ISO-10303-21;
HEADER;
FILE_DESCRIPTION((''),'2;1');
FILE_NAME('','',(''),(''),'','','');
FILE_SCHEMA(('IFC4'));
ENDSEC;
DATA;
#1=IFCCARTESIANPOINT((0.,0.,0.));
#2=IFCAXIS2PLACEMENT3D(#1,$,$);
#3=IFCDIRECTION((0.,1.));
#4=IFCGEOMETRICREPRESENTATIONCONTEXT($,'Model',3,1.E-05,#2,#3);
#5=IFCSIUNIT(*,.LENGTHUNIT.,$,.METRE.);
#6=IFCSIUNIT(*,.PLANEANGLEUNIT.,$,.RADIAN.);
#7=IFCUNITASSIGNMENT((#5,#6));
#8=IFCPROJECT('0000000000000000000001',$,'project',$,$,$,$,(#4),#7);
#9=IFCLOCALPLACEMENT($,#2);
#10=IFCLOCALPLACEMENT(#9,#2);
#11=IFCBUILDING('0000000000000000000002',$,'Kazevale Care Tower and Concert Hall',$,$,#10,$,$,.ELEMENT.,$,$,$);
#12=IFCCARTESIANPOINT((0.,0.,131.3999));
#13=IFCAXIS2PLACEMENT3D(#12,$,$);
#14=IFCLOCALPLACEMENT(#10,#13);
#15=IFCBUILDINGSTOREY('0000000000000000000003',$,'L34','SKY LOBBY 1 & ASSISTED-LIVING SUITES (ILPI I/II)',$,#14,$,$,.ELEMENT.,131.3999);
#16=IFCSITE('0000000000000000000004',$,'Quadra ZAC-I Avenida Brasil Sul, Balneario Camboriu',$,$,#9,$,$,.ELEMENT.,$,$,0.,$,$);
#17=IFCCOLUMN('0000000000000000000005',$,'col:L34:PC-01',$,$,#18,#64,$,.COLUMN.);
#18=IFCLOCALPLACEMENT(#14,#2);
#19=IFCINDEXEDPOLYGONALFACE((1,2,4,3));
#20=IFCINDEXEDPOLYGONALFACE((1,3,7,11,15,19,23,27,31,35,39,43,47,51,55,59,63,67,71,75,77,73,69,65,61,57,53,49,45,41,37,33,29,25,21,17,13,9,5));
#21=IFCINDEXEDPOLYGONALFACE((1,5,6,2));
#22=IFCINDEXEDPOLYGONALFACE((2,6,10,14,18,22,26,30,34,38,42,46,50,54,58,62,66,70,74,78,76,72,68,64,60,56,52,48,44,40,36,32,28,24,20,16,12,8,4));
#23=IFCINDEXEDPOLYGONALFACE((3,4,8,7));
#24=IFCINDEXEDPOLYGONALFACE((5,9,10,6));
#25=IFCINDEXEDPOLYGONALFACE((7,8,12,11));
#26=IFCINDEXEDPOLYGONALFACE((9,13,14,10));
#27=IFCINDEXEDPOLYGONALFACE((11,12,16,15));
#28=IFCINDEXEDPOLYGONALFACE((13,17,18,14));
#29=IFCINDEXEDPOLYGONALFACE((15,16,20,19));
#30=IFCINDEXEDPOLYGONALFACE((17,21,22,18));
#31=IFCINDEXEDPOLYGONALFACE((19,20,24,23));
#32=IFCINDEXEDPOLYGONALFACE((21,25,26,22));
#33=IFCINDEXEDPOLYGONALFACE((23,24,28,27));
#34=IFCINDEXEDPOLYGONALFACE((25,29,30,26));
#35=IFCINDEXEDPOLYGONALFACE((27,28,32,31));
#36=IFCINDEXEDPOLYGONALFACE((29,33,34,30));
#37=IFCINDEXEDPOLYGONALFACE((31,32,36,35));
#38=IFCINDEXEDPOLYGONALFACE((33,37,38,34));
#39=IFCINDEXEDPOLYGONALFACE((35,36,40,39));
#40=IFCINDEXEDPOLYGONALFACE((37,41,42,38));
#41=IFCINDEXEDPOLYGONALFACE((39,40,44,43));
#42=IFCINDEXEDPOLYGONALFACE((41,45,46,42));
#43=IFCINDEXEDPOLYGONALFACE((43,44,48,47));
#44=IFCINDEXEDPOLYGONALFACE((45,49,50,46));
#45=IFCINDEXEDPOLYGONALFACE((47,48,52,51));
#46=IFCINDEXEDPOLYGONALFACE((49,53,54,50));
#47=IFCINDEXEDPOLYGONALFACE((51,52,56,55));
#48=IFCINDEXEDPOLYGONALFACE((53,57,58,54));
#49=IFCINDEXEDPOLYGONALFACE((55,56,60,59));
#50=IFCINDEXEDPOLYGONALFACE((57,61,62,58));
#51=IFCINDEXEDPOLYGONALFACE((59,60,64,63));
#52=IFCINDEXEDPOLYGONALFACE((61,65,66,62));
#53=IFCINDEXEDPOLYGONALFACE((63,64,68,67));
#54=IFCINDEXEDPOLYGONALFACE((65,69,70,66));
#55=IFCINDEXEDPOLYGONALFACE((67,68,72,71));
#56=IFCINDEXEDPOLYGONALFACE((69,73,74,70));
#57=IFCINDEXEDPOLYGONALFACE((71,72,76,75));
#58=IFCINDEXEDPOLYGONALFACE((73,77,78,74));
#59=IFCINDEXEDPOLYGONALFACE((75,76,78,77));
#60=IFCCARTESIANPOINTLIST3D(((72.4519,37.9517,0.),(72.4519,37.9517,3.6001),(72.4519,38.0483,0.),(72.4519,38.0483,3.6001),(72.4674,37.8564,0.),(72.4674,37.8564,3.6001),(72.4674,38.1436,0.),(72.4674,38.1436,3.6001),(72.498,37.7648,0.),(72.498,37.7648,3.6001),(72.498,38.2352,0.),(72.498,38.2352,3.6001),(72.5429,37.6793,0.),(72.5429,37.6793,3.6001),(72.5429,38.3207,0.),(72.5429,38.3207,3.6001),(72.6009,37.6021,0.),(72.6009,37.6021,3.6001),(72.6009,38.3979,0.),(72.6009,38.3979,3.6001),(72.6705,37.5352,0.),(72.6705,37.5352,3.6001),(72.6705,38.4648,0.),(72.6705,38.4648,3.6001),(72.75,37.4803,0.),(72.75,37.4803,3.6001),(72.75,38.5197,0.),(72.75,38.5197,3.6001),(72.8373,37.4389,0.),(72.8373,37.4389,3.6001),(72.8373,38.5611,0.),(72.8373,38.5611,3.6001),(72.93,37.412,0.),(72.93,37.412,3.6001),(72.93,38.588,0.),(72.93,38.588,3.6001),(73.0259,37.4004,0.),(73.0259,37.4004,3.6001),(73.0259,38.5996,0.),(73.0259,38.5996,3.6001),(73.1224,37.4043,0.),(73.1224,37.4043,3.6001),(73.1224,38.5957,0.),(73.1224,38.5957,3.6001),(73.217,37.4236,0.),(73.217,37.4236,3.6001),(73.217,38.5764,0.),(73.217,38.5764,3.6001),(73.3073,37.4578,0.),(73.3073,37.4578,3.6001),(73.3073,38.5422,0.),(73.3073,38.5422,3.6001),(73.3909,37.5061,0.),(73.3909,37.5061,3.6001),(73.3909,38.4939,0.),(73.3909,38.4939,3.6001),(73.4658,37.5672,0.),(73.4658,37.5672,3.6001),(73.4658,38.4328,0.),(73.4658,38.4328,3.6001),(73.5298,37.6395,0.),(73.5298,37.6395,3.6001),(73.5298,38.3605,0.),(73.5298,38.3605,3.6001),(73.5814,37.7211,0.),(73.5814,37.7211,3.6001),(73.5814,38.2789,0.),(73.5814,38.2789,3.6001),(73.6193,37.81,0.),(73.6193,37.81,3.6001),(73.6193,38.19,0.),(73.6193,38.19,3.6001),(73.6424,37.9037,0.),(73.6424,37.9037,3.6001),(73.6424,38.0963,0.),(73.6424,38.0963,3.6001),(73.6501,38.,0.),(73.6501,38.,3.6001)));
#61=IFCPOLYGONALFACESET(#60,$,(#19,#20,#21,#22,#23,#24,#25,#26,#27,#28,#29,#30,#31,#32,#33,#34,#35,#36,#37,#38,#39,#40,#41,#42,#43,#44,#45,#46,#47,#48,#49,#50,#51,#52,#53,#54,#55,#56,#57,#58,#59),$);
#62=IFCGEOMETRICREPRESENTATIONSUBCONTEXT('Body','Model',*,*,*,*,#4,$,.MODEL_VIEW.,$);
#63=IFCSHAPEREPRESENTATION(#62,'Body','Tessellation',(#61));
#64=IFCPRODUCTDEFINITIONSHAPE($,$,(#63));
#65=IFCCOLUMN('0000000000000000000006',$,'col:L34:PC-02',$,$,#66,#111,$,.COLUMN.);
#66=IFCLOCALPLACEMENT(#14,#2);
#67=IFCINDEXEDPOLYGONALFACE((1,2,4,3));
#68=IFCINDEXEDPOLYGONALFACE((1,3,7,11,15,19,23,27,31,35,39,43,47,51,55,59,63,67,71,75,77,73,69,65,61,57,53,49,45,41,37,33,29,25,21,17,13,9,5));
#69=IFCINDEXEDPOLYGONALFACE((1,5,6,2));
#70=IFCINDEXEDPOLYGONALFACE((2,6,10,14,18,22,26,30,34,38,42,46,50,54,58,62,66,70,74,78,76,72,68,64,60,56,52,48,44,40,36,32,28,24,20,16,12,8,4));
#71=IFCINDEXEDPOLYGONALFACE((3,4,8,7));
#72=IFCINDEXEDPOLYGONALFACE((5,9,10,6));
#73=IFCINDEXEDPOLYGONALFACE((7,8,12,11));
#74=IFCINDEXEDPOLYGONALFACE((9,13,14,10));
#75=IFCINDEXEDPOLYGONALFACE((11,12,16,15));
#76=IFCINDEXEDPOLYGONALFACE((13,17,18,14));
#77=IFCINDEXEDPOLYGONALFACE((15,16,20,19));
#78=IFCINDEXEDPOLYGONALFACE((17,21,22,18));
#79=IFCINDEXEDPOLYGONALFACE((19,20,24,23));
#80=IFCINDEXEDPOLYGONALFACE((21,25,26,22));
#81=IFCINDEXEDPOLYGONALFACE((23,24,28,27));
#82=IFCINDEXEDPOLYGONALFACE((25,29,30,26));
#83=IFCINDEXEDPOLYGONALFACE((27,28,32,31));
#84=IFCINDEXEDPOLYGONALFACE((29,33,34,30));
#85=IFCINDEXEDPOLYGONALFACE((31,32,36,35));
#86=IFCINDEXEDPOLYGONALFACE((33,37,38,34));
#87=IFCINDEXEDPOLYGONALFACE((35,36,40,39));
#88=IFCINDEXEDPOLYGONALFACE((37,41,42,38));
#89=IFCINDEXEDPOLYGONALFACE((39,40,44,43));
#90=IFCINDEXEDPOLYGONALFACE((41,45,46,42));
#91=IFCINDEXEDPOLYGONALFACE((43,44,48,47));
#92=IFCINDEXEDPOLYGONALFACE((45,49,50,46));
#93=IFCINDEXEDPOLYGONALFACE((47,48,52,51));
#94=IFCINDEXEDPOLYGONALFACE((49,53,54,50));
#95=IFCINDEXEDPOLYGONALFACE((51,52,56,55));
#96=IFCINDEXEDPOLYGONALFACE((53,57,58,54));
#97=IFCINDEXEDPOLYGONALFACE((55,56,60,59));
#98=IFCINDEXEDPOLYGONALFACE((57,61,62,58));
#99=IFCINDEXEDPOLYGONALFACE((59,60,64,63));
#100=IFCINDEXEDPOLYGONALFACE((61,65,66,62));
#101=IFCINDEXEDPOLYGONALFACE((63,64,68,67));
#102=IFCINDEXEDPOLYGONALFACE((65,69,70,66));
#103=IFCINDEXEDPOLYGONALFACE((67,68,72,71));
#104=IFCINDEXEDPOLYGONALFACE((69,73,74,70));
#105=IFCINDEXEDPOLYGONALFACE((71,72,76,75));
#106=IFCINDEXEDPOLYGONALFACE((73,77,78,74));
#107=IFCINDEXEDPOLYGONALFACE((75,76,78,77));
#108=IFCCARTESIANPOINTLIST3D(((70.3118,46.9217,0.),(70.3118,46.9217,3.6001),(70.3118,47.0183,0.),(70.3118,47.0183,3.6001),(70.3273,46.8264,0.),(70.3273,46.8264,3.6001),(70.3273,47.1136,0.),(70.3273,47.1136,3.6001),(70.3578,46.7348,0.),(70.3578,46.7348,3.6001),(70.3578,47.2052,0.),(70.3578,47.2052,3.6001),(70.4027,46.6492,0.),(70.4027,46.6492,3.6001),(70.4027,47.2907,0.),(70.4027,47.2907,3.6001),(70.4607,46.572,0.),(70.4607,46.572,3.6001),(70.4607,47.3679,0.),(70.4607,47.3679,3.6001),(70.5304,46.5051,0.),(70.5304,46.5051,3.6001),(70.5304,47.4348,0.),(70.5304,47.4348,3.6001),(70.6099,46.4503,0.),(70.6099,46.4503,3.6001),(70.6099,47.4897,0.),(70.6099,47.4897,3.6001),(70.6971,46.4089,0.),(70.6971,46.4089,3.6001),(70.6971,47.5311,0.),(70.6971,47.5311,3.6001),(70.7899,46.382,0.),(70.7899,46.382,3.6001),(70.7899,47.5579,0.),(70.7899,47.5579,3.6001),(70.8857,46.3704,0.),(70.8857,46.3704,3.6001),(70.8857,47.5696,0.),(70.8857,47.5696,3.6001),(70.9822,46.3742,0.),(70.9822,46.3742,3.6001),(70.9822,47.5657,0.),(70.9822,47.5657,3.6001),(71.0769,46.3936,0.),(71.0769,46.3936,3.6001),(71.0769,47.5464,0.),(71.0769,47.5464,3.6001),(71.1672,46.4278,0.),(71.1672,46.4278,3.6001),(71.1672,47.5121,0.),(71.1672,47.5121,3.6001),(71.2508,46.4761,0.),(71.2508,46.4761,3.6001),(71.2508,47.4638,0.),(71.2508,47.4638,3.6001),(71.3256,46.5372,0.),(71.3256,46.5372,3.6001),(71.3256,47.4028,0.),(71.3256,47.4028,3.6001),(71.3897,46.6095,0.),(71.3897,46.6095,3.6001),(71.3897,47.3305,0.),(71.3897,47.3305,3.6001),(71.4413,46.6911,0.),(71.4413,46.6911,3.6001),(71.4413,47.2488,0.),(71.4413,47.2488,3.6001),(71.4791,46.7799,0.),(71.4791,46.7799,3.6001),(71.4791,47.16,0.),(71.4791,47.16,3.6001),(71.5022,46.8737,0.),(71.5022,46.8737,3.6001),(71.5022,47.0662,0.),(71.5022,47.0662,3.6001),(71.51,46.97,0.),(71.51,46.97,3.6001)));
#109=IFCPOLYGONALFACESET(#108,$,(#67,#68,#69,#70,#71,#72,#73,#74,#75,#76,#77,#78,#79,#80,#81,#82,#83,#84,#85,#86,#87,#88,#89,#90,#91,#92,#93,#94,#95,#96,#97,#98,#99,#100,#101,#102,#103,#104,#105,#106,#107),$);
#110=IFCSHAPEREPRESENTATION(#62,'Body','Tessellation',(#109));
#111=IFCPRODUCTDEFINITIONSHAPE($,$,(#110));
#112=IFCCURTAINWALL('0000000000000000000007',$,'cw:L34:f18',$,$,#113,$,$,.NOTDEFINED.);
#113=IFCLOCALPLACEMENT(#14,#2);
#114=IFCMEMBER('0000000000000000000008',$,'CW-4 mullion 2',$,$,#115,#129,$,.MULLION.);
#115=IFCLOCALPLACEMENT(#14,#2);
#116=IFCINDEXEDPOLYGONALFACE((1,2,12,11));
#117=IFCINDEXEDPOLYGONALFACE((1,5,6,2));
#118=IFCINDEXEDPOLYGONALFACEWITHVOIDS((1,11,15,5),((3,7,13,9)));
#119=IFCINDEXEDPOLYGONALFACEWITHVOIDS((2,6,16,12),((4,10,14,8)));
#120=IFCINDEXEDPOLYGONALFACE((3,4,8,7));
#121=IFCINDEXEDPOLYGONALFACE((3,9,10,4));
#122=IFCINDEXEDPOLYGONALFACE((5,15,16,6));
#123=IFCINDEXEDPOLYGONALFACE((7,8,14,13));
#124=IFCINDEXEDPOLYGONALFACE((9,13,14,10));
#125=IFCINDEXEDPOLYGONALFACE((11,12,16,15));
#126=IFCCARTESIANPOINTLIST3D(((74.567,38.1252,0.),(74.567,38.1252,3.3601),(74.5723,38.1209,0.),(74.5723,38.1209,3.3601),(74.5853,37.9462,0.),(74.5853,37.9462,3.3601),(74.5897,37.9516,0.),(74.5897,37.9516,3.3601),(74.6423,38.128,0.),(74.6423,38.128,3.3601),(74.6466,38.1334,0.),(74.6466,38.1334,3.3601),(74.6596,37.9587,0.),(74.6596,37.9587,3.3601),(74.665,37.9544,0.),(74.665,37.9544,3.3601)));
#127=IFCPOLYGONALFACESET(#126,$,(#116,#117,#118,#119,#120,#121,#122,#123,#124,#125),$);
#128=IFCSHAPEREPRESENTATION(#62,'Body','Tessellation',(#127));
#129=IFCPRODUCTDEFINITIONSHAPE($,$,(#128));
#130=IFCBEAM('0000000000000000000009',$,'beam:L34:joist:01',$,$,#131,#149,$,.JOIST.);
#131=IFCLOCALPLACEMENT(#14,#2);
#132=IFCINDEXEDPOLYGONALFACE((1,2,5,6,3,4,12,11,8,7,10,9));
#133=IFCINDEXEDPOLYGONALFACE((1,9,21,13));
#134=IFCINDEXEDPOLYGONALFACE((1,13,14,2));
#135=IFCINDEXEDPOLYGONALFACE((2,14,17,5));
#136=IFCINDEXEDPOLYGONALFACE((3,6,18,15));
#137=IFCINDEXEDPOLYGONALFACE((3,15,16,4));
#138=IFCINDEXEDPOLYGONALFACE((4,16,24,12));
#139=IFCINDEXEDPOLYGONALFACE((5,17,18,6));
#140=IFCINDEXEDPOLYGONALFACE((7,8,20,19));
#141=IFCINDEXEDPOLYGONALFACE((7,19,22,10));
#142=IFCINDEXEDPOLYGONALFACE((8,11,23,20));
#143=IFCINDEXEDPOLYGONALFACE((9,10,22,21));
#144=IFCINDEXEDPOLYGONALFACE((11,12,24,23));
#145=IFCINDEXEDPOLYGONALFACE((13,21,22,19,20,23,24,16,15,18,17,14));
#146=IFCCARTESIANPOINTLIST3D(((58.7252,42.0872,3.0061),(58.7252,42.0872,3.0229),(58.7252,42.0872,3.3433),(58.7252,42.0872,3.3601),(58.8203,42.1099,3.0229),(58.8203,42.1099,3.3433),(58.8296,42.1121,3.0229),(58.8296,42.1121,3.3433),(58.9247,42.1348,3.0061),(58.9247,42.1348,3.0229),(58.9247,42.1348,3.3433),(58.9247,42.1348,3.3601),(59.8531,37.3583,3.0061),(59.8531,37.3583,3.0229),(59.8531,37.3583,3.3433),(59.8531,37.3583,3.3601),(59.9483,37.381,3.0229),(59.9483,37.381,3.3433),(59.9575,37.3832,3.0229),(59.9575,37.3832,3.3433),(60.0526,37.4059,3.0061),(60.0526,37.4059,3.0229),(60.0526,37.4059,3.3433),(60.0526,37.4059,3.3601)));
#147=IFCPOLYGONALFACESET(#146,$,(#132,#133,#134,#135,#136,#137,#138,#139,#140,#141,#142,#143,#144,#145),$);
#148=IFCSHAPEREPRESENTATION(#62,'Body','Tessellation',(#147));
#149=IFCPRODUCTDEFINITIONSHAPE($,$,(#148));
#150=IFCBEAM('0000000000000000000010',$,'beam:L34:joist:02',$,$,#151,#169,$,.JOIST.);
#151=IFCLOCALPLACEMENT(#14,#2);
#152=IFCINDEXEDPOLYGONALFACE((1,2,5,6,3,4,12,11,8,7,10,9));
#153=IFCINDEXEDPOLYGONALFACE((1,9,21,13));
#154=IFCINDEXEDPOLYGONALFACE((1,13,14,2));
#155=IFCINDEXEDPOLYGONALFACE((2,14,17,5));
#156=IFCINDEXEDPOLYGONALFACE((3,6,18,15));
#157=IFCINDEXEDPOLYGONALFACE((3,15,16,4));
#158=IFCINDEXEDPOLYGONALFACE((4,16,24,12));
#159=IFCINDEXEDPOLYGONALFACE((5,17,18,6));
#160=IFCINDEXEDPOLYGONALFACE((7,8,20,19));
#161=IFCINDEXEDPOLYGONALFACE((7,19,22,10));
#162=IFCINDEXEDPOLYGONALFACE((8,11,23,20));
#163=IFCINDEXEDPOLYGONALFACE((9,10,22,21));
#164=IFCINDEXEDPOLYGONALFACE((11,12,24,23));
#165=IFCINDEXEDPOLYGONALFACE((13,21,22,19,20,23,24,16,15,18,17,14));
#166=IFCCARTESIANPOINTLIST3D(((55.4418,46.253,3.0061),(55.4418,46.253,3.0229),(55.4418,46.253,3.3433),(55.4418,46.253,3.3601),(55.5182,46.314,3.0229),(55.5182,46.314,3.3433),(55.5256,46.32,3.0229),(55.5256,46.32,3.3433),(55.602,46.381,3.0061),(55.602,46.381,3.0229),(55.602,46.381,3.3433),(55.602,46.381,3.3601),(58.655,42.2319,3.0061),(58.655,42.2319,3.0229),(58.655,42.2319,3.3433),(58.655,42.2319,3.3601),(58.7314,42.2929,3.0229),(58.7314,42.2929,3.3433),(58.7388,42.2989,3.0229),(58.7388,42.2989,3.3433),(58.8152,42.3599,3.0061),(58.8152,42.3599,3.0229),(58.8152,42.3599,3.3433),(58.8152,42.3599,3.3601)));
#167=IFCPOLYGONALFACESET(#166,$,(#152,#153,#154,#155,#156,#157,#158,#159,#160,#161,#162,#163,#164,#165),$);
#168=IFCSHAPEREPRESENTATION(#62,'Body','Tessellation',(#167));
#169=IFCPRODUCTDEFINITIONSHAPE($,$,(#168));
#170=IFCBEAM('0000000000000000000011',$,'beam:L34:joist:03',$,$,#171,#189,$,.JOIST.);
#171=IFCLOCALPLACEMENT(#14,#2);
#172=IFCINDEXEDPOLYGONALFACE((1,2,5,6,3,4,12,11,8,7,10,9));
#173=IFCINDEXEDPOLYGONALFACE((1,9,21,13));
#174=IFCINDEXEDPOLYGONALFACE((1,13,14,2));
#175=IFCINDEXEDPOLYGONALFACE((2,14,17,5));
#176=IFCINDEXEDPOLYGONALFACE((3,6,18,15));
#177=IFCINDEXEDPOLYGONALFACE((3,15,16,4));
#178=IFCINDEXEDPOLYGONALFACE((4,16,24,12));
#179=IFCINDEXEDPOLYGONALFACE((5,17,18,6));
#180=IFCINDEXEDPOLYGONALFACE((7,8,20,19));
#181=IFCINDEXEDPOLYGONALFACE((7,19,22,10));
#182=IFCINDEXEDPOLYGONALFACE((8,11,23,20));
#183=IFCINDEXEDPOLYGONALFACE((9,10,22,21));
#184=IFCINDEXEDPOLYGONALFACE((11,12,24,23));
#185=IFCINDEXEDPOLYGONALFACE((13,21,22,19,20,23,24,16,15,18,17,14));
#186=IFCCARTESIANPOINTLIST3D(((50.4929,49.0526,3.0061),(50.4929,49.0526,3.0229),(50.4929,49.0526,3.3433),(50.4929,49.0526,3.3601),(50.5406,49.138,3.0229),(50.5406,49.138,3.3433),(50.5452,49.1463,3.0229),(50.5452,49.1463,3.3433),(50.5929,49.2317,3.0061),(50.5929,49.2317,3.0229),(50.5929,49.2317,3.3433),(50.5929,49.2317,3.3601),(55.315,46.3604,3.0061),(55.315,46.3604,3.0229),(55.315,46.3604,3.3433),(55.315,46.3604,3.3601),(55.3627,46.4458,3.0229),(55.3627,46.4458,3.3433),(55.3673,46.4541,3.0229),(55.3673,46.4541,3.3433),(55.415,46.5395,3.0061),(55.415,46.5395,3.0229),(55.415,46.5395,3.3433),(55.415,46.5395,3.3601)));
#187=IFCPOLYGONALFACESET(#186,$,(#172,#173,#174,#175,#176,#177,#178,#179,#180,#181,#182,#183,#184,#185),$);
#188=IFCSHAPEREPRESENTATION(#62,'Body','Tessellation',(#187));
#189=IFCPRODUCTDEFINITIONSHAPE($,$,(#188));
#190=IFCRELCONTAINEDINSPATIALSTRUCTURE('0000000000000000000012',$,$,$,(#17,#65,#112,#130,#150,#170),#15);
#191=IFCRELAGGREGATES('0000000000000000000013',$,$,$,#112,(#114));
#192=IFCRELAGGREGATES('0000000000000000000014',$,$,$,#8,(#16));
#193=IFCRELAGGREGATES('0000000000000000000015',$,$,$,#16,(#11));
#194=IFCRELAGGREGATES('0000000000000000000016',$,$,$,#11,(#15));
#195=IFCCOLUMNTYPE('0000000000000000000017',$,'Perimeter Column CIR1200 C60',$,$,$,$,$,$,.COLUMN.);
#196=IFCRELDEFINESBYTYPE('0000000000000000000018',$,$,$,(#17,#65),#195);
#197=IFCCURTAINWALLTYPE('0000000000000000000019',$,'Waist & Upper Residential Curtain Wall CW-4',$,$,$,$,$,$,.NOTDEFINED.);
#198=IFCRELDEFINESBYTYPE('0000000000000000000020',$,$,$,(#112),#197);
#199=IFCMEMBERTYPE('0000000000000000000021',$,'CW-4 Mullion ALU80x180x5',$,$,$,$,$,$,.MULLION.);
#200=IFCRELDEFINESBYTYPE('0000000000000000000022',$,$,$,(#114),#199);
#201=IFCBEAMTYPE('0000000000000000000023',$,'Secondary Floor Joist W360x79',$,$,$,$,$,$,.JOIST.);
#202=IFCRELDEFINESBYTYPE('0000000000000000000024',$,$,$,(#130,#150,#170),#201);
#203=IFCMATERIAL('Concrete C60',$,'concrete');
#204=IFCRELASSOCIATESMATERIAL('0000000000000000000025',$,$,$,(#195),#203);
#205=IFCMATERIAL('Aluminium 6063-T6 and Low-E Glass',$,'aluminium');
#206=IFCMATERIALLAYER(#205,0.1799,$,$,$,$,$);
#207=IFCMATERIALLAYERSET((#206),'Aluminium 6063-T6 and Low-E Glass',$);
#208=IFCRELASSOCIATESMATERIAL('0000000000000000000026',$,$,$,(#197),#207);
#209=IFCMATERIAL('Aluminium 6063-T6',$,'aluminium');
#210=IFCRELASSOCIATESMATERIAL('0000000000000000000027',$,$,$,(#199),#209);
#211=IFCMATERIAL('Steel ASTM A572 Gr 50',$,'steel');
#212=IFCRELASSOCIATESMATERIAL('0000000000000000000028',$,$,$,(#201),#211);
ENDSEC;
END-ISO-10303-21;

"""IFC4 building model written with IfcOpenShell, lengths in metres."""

from ifc_helpers import new_model, si_unit, direction, frame, origin, origin_2d, place, context, subcontext, project, spatial, hollow_rectangle, circle, i_section, extrude, material, layer, layer_set, material_profile, profile_set, type_object, element, aggregate, save


model = new_model("IFC4")

# Units and contexts
model_context = context("Model", 3, precision=1e-05, world=origin(), true_north=direction((0.0, 1.0)))
body_context = subcontext(model_context, "Body", "Model", "MODEL_VIEW")
ifc_project = project(units=[si_unit("LENGTHUNIT", "METRE"), si_unit("PLANEANGLEUNIT", "RADIAN")], contexts=[model_context])

# Site, building, storey
site_placement = place(None, origin())
site = spatial("IfcSite", under=ifc_project, at=site_placement, Name="Quadra ZAC-I Avenida Brasil Sul, Balneario Camboriu", CompositionType="ELEMENT", RefElevation=0.0)
building_placement = place(site_placement, origin())
building = spatial("IfcBuilding", under=site, at=building_placement, Name="Kazevale Care Tower and Concert Hall", CompositionType="ELEMENT")
storey_placement = place(building_placement, frame((0.0, 0.0, 131.3999)))
storey = spatial("IfcBuildingStorey", under=building, at=storey_placement, Name="L34", Description="SKY LOBBY 1 & ASSISTED-LIVING SUITES (ILPI I/II)", CompositionType="ELEMENT", Elevation=131.3999)

# Columns
ifc_material_1 = material(Name="Concrete C60", Category="concrete")
ifc_material_profile_1 = material_profile(ifc_material_1, circle(Radius=0.6001, at=origin_2d()), Name="RC-CIR1200")
ifc_profile_set_1 = profile_set([ifc_material_profile_1], Name="Concrete C60")
column_type = type_object("IfcColumnType", Name="Perimeter Column CIR1200 C60", PredefinedType="COLUMN", material=ifc_profile_set_1)
for number, where, z_axis, x_axis, name in (
    (1, (73.05, 38.0, 0.0), (0.0, 0.0, 1.0), (1.0, 0.0, 0.0), "col:L34:PC-01"),
    (2, (70.9099, 46.97, 0.0), (0.0, 0.0, 1.0), (1.0, 0.0, 0.0), "col:L34:PC-02"),
):
    element("IfcColumn", number, at=place(storey_placement, frame(where, z_axis=z_axis, x_axis=x_axis)), inside=storey, type_object=column_type, Name=name, PredefinedType="COLUMN", context=body_context, shape_type="SweptSolid", body=[
        extrude(circle(Radius=0.6001, at=origin_2d()), origin(), (0.0, 0.0, 1.0), 3.6001),
    ])

# Curtain wall, member
ifc_material_2 = material(Name="Aluminium 6063-T6 and Low-E Glass", Category="aluminium")
ifc_layer_1 = layer(ifc_material_2, 0.1799)
ifc_layer_set_1 = layer_set([ifc_layer_1], Name="Aluminium 6063-T6 and Low-E Glass")
curtain_wall_type = type_object("IfcCurtainWallType", Name="Waist & Upper Residential Curtain Wall CW-4", PredefinedType="NOTDEFINED", material=ifc_layer_set_1)
curtain_wall_placement = place(storey_placement, origin())
curtain_wall = element("IfcCurtainWall", 3, at=curtain_wall_placement, inside=storey, type_object=curtain_wall_type, Name="cw:L34:f18", PredefinedType="NOTDEFINED")
ifc_material_3 = material(Name="Aluminium 6063-T6", Category="aluminium")
ifc_material_profile_2 = material_profile(ifc_material_3, hollow_rectangle(XDim=0.0801, YDim=0.1799, WallThickness=0.0049, at=origin_2d()), Name="ALU80x180x5")
ifc_profile_set_2 = profile_set([ifc_material_profile_2], Name="Aluminium 6063-T6")
member_type = type_object("IfcMemberType", Name="CW-4 Mullion ALU80x180x5", PredefinedType="MULLION", material=ifc_profile_set_2)
member_placement = place(storey_placement, frame((74.616, 38.0398, 0.0), z_axis=(0.0, 0.0, 1.0), x_axis=(0.994798, 0.10187, 0.0)))
member = element("IfcMember", 4, at=member_placement, type_object=member_type, Name="CW-4 mullion 2", PredefinedType="MULLION", context=body_context, shape_type="SweptSolid", body=[
    extrude(hollow_rectangle(XDim=0.0801, YDim=0.1799, WallThickness=0.0049, at=origin_2d()), origin(), (0.0, 0.0, 1.0), 3.3601),
])

# Beams
ifc_material_4 = material(Name="Steel ASTM A572 Gr 50", Category="steel")
ifc_material_profile_3 = material_profile(ifc_material_4, i_section(OverallWidth=0.2051, OverallDepth=0.354, WebThickness=0.0095, FlangeThickness=0.0168, at=origin_2d()), Name="W360x79")
ifc_profile_set_3 = profile_set([ifc_material_profile_3], Name="Steel ASTM A572 Gr 50")
beam_type_1 = type_object("IfcBeamType", Name="Secondary Floor Joist W360x79", PredefinedType="JOIST", material=ifc_profile_set_3)
beam_1_placement = place(storey_placement, frame((59.9529, 37.3821, 3.1831), z_axis=(-0.232005, 0.972715, 0.0), x_axis=(-0.972715, -0.232005, 0.0)))
element("IfcBeam", 5, at=beam_1_placement, inside=storey, type_object=beam_type_1, Name="beam:L34:joist:01", PredefinedType="JOIST", context=body_context, shape_type="SweptSolid", body=[
    extrude(i_section(OverallWidth=0.2051, OverallDepth=0.354, WebThickness=0.0095, FlangeThickness=0.0168, at=origin_2d()), origin(), (0.0, 0.0, 1.0), 4.8616),
])
beam_2_placement = place(storey_placement, frame((58.7351, 42.2959, 3.1831), z_axis=(-0.624261, 0.781216, 0.0), x_axis=(-0.781216, -0.624261, 0.0)))
element("IfcBeam", 6, at=beam_2_placement, inside=storey, type_object=beam_type_1, Name="beam:L34:joist:02", PredefinedType="JOIST", context=body_context, shape_type="SweptSolid", body=[
    extrude(i_section(OverallWidth=0.2051, OverallDepth=0.354, WebThickness=0.0095, FlangeThickness=0.0168, at=origin_2d()), origin(), (0.0, 0.0, 1.0), 5.1472),
])
beam_3_placement = place(storey_placement, frame((55.365, 46.45, 3.1831), z_axis=(-0.873138, 0.487474, 0.0), x_axis=(-0.487474, -0.873138, 0.0)))
element("IfcBeam", 7, at=beam_3_placement, inside=storey, type_object=beam_type_1, Name="beam:L34:joist:03", PredefinedType="JOIST", context=body_context, shape_type="SweptSolid", body=[
    extrude(i_section(OverallWidth=0.2051, OverallDepth=0.354, WebThickness=0.0095, FlangeThickness=0.0168, at=origin_2d()), origin(), (0.0, 0.0, 1.0), 5.5227),
])

aggregate(curtain_wall, [member])

save(model, "model.ifc")
